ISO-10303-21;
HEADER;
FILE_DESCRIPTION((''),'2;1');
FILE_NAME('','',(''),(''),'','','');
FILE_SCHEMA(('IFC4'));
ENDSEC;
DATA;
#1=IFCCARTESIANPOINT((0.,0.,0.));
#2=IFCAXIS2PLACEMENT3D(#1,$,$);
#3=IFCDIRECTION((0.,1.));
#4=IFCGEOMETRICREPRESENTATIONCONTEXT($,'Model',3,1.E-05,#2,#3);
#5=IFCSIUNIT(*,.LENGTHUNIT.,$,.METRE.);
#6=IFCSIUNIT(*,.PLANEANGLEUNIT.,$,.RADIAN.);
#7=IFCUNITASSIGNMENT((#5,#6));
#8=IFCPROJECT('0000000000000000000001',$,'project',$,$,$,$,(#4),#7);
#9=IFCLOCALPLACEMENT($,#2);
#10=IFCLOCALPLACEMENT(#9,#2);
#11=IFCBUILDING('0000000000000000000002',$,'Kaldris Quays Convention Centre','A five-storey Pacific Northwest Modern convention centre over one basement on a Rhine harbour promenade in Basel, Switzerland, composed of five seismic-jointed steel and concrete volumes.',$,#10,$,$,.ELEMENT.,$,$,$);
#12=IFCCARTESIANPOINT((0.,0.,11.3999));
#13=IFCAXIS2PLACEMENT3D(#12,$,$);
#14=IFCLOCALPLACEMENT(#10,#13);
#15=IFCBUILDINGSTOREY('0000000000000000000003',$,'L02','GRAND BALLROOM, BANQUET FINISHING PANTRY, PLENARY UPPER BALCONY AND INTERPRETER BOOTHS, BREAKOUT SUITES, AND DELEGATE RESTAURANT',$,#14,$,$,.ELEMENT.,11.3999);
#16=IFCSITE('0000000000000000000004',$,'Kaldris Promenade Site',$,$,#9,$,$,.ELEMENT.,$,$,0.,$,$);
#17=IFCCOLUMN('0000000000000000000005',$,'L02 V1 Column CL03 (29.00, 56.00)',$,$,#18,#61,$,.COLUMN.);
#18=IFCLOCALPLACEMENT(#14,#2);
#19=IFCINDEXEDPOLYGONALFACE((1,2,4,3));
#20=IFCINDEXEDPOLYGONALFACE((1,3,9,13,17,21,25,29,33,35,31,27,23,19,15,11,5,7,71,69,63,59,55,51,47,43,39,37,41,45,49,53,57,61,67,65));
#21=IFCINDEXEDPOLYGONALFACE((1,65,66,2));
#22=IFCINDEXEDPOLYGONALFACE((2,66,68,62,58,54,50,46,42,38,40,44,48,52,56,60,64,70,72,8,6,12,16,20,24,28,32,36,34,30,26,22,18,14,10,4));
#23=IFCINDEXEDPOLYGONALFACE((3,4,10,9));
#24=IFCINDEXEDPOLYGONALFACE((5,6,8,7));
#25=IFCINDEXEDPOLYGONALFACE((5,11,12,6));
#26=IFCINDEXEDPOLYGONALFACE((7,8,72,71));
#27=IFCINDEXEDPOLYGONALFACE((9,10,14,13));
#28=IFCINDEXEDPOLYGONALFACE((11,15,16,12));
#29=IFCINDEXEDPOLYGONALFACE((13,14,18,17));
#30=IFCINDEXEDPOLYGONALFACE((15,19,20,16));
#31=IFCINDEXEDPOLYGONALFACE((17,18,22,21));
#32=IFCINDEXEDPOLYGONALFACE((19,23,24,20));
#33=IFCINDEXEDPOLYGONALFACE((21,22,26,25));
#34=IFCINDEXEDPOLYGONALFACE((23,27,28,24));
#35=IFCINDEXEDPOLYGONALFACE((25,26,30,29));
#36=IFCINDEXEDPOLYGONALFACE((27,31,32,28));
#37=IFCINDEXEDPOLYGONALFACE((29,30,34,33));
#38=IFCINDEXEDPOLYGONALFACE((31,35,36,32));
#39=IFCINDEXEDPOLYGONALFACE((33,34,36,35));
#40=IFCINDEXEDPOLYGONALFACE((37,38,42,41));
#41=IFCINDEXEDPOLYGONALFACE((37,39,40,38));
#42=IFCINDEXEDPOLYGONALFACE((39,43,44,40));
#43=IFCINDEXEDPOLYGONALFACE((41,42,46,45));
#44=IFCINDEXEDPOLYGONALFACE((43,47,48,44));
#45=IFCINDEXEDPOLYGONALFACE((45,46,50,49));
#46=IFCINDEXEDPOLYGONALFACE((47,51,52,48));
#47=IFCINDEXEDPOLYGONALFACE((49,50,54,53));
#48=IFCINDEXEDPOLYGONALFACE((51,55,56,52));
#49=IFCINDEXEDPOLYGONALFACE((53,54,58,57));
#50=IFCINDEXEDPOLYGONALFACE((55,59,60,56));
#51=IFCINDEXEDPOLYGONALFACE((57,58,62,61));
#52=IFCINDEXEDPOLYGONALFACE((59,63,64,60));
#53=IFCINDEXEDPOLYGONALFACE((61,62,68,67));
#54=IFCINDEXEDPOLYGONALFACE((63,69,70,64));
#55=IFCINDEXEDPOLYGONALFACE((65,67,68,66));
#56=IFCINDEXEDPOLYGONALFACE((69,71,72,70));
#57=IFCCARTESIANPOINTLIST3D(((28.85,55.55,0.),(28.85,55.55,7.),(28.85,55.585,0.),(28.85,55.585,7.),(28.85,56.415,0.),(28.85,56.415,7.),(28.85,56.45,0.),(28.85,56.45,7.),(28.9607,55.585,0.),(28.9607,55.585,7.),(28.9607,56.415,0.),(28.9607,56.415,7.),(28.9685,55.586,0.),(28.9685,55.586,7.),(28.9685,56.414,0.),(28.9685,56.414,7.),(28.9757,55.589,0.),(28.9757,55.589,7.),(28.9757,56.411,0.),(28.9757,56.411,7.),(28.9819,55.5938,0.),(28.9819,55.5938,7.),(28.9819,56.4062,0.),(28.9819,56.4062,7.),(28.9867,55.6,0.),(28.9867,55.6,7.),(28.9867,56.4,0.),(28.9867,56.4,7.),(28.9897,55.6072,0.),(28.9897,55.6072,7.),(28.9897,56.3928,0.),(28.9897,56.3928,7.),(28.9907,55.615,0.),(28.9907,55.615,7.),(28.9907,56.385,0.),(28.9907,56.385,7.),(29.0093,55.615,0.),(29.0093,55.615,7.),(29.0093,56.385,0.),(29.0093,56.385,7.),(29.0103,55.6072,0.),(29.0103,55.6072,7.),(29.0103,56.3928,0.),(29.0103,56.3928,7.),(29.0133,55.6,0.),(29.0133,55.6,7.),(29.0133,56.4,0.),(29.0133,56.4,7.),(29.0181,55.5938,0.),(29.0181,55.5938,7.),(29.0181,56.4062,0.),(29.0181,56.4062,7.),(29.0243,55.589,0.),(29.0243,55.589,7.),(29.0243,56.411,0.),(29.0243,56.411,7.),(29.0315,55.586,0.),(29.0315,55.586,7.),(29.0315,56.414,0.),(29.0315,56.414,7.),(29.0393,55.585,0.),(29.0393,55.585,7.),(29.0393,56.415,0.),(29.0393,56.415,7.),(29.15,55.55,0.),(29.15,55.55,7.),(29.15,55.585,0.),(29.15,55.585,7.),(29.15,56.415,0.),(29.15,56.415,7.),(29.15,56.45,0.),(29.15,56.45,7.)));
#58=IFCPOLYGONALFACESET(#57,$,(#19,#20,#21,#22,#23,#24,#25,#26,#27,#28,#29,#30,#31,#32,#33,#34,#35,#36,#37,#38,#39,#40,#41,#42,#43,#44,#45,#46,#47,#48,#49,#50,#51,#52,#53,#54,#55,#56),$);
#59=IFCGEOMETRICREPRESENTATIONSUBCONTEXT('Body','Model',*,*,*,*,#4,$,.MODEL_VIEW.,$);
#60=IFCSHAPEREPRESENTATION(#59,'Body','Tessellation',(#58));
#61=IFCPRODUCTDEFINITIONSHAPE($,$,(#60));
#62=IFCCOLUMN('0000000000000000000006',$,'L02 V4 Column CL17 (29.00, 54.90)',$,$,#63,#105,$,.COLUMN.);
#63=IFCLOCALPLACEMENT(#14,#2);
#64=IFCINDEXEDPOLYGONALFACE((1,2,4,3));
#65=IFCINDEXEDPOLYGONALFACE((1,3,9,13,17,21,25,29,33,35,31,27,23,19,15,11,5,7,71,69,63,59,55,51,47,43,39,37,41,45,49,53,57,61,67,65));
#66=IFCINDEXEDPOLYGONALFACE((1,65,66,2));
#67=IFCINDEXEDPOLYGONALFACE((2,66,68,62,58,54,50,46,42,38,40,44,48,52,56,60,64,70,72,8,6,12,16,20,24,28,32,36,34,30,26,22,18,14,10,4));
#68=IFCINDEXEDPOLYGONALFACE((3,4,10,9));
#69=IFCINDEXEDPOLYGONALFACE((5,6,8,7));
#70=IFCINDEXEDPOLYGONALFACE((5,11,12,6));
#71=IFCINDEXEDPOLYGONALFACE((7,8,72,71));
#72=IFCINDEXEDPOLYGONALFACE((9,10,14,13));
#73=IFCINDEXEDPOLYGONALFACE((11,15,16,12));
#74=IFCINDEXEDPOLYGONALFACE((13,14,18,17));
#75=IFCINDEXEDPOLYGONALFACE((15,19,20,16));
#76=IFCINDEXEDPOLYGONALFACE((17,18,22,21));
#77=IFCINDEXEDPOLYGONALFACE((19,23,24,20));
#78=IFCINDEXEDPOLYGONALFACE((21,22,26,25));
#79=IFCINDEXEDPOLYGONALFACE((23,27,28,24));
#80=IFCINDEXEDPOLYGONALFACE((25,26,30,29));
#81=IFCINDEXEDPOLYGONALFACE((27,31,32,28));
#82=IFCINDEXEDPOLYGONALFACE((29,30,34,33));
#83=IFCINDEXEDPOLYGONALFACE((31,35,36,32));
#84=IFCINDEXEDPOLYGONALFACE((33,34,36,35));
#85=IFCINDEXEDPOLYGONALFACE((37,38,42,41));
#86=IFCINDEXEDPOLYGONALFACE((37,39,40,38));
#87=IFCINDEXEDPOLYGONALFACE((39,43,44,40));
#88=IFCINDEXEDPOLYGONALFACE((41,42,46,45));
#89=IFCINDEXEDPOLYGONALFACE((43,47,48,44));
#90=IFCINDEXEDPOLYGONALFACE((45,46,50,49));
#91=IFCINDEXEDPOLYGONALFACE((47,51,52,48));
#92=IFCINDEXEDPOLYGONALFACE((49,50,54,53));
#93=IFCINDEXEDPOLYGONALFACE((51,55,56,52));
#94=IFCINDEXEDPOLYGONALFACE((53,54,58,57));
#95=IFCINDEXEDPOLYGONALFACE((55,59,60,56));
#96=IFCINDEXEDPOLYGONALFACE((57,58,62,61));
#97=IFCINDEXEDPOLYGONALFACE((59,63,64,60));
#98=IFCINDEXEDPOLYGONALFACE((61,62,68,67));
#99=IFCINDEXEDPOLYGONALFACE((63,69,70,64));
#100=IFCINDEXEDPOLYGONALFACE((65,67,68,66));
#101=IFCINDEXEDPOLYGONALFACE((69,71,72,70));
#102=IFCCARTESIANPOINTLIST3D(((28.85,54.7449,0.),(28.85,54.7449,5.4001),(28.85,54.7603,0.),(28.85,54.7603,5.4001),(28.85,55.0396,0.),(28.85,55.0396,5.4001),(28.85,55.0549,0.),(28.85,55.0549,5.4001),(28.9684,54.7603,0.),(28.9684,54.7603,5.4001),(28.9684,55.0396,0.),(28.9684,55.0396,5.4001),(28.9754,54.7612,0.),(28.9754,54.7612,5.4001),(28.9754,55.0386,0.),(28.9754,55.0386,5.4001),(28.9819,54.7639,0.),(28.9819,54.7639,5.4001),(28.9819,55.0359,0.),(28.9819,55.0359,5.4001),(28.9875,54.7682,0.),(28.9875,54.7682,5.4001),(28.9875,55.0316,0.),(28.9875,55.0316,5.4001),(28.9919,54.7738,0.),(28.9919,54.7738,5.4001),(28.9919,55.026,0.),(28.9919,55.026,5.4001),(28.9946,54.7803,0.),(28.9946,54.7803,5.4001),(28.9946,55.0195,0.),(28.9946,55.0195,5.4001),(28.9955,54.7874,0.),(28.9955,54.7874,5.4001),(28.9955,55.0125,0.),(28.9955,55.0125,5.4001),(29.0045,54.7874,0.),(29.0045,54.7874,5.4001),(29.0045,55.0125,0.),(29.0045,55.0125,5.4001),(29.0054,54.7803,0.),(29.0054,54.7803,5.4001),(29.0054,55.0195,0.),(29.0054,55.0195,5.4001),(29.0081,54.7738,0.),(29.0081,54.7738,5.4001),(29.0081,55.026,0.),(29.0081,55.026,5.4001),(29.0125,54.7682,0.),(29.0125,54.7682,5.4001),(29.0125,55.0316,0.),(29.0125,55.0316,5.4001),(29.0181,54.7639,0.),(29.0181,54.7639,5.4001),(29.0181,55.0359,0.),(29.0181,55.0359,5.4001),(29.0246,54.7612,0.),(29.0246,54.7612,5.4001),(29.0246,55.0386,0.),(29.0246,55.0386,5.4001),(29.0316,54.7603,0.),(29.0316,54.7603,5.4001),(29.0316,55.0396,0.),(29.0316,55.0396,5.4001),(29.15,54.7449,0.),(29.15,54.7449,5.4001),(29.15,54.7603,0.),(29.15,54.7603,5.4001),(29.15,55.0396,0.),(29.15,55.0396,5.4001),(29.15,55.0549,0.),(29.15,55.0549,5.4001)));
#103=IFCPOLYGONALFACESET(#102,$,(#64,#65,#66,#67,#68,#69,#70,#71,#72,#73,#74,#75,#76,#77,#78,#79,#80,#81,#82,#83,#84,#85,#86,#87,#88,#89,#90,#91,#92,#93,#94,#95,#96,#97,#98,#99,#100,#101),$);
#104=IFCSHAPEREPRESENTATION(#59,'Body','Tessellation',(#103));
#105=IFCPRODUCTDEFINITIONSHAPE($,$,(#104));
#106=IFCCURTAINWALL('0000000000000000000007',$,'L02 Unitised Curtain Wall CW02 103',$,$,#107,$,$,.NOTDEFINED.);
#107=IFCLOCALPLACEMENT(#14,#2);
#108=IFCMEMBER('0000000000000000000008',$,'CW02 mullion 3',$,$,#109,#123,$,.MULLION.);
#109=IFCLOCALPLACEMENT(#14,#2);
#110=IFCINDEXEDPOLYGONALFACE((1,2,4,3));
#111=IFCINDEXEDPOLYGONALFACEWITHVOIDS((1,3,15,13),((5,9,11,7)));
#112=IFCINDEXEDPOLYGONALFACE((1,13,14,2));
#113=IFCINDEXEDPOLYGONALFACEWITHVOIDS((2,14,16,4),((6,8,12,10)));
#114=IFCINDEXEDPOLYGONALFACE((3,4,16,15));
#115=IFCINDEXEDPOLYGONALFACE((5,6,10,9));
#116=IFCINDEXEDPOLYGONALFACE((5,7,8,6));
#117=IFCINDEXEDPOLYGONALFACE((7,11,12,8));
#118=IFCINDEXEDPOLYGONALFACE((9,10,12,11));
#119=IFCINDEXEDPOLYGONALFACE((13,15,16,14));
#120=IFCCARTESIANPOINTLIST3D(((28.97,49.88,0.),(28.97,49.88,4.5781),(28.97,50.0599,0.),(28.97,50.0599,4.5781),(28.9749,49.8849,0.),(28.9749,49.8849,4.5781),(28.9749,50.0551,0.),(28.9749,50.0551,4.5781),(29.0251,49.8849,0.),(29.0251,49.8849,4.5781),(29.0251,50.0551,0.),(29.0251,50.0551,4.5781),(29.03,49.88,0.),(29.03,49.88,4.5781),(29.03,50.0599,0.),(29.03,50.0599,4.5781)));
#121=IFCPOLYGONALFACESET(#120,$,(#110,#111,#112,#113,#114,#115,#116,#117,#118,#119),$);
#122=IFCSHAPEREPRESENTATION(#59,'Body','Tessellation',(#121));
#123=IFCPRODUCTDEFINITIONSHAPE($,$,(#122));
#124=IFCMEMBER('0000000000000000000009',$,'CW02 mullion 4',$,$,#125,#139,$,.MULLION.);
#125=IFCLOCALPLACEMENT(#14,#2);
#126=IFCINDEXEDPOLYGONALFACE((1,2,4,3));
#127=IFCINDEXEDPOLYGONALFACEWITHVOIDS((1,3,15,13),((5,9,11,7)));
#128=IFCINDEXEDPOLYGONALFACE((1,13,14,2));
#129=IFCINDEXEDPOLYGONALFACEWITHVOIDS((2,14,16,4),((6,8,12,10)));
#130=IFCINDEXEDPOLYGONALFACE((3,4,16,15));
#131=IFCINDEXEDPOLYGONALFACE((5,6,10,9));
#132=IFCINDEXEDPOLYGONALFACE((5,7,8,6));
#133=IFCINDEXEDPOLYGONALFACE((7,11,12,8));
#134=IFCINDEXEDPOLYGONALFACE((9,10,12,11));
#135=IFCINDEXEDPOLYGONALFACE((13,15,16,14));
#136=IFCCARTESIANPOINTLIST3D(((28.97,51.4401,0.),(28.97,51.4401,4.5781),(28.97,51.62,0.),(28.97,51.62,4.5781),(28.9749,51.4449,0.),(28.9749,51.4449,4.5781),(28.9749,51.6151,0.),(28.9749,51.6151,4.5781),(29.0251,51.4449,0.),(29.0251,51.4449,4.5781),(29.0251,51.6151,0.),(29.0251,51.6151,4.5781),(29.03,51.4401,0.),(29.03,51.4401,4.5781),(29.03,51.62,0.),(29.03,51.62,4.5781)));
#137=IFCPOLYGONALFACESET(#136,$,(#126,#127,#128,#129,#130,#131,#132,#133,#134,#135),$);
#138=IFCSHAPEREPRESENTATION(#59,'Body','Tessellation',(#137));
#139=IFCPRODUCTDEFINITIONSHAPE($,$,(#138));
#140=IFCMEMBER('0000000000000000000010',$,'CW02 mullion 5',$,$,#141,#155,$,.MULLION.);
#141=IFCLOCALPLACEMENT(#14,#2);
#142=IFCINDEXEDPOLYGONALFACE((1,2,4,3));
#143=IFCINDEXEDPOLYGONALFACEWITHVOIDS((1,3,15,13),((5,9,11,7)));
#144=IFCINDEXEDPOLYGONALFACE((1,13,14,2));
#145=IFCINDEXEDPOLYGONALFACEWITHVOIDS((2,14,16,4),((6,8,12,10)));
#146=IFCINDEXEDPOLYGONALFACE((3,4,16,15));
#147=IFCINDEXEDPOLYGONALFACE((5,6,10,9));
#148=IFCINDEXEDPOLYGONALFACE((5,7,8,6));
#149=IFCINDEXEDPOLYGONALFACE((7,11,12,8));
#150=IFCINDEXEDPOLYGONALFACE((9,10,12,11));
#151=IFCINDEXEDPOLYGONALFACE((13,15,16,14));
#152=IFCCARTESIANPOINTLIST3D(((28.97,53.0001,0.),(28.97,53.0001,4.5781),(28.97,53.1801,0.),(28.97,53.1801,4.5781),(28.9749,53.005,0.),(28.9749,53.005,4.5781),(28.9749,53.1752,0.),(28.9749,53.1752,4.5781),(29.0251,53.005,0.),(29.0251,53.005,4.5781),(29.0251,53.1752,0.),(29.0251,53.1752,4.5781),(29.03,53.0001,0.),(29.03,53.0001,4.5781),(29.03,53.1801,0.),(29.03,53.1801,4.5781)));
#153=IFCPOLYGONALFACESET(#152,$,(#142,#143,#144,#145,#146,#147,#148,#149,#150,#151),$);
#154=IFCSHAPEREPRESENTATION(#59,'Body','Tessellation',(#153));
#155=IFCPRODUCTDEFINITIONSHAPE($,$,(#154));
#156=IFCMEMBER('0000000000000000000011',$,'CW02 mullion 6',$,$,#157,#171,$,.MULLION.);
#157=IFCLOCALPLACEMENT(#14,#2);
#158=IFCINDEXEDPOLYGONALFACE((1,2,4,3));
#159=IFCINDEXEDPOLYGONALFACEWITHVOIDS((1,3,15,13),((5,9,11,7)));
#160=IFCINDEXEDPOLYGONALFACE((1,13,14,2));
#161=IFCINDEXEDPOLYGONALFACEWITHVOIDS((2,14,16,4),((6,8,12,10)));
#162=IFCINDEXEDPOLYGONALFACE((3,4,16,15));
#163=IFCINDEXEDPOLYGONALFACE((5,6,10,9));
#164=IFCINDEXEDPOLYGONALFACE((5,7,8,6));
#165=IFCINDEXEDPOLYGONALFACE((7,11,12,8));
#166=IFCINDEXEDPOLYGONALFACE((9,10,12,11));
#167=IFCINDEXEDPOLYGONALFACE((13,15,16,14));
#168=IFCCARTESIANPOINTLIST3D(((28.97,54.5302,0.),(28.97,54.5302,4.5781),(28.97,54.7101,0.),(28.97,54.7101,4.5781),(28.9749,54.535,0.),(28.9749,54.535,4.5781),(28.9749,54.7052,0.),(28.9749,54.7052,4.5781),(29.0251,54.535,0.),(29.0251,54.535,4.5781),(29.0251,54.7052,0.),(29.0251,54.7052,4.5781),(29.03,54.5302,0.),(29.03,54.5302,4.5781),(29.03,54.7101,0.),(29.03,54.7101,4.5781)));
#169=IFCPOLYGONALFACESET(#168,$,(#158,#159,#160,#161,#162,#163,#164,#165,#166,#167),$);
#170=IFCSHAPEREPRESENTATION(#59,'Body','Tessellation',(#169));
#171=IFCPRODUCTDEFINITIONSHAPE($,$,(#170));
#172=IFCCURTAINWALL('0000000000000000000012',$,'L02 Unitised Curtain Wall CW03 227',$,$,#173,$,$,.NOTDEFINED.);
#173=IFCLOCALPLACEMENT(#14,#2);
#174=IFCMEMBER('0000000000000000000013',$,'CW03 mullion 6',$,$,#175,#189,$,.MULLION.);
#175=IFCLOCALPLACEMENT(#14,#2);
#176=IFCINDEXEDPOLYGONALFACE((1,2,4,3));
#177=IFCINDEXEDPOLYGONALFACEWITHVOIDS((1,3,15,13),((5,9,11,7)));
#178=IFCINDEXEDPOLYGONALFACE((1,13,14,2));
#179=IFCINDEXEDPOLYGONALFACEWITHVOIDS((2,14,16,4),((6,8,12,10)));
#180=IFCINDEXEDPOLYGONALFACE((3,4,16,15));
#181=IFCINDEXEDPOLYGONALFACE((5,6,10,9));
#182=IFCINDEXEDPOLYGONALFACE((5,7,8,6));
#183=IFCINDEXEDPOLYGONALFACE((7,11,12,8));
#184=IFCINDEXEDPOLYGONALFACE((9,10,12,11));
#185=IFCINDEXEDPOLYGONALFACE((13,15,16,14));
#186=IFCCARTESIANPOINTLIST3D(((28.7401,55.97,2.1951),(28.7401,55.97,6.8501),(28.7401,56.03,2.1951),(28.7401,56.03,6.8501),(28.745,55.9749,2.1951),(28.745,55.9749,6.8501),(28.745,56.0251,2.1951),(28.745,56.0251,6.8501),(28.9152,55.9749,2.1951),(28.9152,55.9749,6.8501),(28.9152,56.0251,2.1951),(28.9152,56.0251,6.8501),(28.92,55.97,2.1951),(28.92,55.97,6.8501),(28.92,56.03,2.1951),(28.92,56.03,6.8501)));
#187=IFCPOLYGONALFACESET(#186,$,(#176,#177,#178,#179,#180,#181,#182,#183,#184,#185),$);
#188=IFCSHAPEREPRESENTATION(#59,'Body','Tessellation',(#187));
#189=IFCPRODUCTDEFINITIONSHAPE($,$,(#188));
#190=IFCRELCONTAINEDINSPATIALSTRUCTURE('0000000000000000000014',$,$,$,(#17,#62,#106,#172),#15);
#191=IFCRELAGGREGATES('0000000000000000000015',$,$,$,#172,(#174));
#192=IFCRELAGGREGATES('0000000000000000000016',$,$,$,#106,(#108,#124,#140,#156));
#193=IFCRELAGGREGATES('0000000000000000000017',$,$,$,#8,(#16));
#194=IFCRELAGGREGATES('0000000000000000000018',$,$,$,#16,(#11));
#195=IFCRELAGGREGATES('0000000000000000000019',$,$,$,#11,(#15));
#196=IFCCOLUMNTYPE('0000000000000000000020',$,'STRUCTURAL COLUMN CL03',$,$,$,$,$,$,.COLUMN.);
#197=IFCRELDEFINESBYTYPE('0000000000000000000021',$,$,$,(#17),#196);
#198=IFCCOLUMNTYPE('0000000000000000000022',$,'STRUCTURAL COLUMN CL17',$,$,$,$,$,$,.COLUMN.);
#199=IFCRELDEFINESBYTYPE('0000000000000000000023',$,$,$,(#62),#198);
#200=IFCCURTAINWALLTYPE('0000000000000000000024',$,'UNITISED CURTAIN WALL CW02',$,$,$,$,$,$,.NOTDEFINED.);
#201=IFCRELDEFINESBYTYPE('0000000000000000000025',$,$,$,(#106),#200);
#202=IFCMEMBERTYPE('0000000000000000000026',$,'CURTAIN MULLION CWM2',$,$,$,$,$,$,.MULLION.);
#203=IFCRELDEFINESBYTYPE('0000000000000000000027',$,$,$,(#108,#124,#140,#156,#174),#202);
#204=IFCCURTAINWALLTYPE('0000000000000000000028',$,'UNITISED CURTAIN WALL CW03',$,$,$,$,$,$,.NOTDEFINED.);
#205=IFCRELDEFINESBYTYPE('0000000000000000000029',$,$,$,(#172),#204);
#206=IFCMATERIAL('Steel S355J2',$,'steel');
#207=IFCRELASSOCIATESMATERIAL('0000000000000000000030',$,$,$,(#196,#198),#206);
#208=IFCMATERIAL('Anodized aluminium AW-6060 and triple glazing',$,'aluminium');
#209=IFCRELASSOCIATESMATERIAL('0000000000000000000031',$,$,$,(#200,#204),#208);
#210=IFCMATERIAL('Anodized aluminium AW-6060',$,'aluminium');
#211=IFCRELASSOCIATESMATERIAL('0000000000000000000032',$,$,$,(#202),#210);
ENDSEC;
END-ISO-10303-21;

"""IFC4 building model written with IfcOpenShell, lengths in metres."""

from ifc_helpers import new_model, si_unit, direction, frame, origin, origin_2d, place, context, subcontext, project, spatial, hollow_rectangle, i_section, extrude, material, material_profile, profile_set, type_object, element, aggregate, save


model = new_model("IFC4")

# Units and contexts
model_context = context("Model", 3, precision=1e-05, world=origin(), true_north=direction((0.0, 1.0)))
body_context = subcontext(model_context, "Body", "Model", "MODEL_VIEW")
ifc_project = project(units=[si_unit("LENGTHUNIT", "METRE"), si_unit("PLANEANGLEUNIT", "RADIAN")], contexts=[model_context])

# Site, building, storey
site_placement = place(None, origin())
site = spatial("IfcSite", under=ifc_project, at=site_placement, Name="Kaldris Promenade Site", CompositionType="ELEMENT", RefElevation=0.0)
building_placement = place(site_placement, origin())
building = spatial("IfcBuilding", under=site, at=building_placement, Name="Kaldris Quays Convention Centre", Description="A five-storey Pacific Northwest Modern convention centre over one basement on a Rhine harbour promenade in Basel, Switzerland, composed of five seismic-jointed steel and concrete volumes.", CompositionType="ELEMENT")
storey_placement = place(building_placement, frame((0.0, 0.0, 11.3999)))
storey = spatial("IfcBuildingStorey", under=building, at=storey_placement, Name="L02", Description="GRAND BALLROOM, BANQUET FINISHING PANTRY, PLENARY UPPER BALCONY AND INTERPRETER BOOTHS, BREAKOUT SUITES, AND DELEGATE RESTAURANT", CompositionType="ELEMENT", Elevation=11.3999)

# Columns
ifc_material_1 = material(Name="Steel S355J2", Category="steel")
ifc_material_profile_1 = material_profile(ifc_material_1, i_section(OverallWidth=0.3, OverallDepth=0.8999, WebThickness=0.0186, FlangeThickness=0.0349, FilletRadius=0.03, at=origin_2d()), Name="HEB 900")
ifc_profile_set_1 = profile_set([ifc_material_profile_1], Name="Steel S355J2")
column_type_1 = type_object("IfcColumnType", Name="STRUCTURAL COLUMN CL03", PredefinedType="COLUMN", material=ifc_profile_set_1)
column_1_placement = place(storey_placement, frame((29.0, 56.0, 0.0), z_axis=(0.0, 0.0, 1.0), x_axis=(1.0, 0.0, 0.0)))
element("IfcColumn", 1, at=column_1_placement, inside=storey, type_object=column_type_1, Name="L02 V1 Column CL03 (29.00, 56.00)", PredefinedType="COLUMN", context=body_context, shape_type="SweptSolid", body=[
    extrude(i_section(OverallWidth=0.3, OverallDepth=0.8999, WebThickness=0.0186, FlangeThickness=0.0349, FilletRadius=0.03, at=origin_2d()), origin(), (0.0, 0.0, 1.0), 7.0),
])
ifc_material_profile_2 = material_profile(ifc_material_1, i_section(OverallWidth=0.3, OverallDepth=0.3101, WebThickness=0.009, FlangeThickness=0.0154, FilletRadius=0.0271, at=origin_2d()), Name="HEA 320")
ifc_profile_set_2 = profile_set([ifc_material_profile_2], Name="Steel S355J2")
column_type_2 = type_object("IfcColumnType", Name="STRUCTURAL COLUMN CL17", PredefinedType="COLUMN", material=ifc_profile_set_2)
column_2_placement = place(storey_placement, frame((29.0, 54.8999, 0.0), z_axis=(0.0, 0.0, 1.0), x_axis=(1.0, 0.0, 0.0)))
element("IfcColumn", 2, at=column_2_placement, inside=storey, type_object=column_type_2, Name="L02 V4 Column CL17 (29.00, 54.90)", PredefinedType="COLUMN", context=body_context, shape_type="SweptSolid", body=[
    extrude(i_section(OverallWidth=0.3, OverallDepth=0.3101, WebThickness=0.009, FlangeThickness=0.0154, FilletRadius=0.0271, at=origin_2d()), origin(), (0.0, 0.0, 1.0), 5.4001),
])

# Curtain wall, members
ifc_material_2 = material(Name="Anodized aluminium AW-6060 and triple glazing", Category="aluminium")
curtain_wall_type_1 = type_object("IfcCurtainWallType", Name="UNITISED CURTAIN WALL CW02", PredefinedType="NOTDEFINED", material=ifc_material_2)
curtain_wall_1_placement = place(storey_placement, origin())
curtain_wall_1 = element("IfcCurtainWall", 3, at=curtain_wall_1_placement, inside=storey, type_object=curtain_wall_type_1, Name="L02 Unitised Curtain Wall CW02 103", PredefinedType="NOTDEFINED")
ifc_material_3 = material(Name="Anodized aluminium AW-6060", Category="aluminium")
ifc_material_profile_3 = material_profile(ifc_material_3, hollow_rectangle(XDim=0.0601, YDim=0.1799, WallThickness=0.0049, at=origin_2d()), Name="RHS 180x60x5")
ifc_profile_set_3 = profile_set([ifc_material_profile_3], Name="Anodized aluminium AW-6060")
member_type_1 = type_object("IfcMemberType", Name="CURTAIN MULLION CWM2", PredefinedType="MULLION", material=ifc_profile_set_3)
member_1_placement = place(storey_placement, frame((29.0, 49.97, 0.0), z_axis=(0.0, 0.0, 1.0), x_axis=(-1.0, 0.0, 0.0)))
member_1 = element("IfcMember", 4, at=member_1_placement, type_object=member_type_1, Name="CW02 mullion 3", PredefinedType="MULLION", context=body_context, shape_type="SweptSolid", body=[
    extrude(hollow_rectangle(XDim=0.0601, YDim=0.1799, WallThickness=0.0049, at=origin_2d()), origin(), (0.0, 0.0, 1.0), 4.5781),
])
member_2_placement = place(storey_placement, frame((29.0, 51.53, 0.0), z_axis=(0.0, 0.0, 1.0), x_axis=(-1.0, 0.0, 0.0)))
member_2 = element("IfcMember", 5, at=member_2_placement, type_object=member_type_1, Name="CW02 mullion 4", PredefinedType="MULLION", context=body_context, shape_type="SweptSolid", body=[
    extrude(hollow_rectangle(XDim=0.0601, YDim=0.1799, WallThickness=0.0049, at=origin_2d()), origin(), (0.0, 0.0, 1.0), 4.5781),
])
member_3_placement = place(storey_placement, frame((29.0, 53.0901, 0.0), z_axis=(0.0, 0.0, 1.0), x_axis=(-1.0, 0.0, 0.0)))
member_3 = element("IfcMember", 6, at=member_3_placement, type_object=member_type_1, Name="CW02 mullion 5", PredefinedType="MULLION", context=body_context, shape_type="SweptSolid", body=[
    extrude(hollow_rectangle(XDim=0.0601, YDim=0.1799, WallThickness=0.0049, at=origin_2d()), origin(), (0.0, 0.0, 1.0), 4.5781),
])
member_4_placement = place(storey_placement, frame((29.0, 54.6201, 0.0), z_axis=(0.0, 0.0, 1.0), x_axis=(-1.0, 0.0, 0.0)))
member_4 = element("IfcMember", 7, at=member_4_placement, type_object=member_type_1, Name="CW02 mullion 6", PredefinedType="MULLION", context=body_context, shape_type="SweptSolid", body=[
    extrude(hollow_rectangle(XDim=0.0601, YDim=0.1799, WallThickness=0.0049, at=origin_2d()), origin(), (0.0, 0.0, 1.0), 4.5781),
])

# Curtain wall, member
curtain_wall_type_2 = type_object("IfcCurtainWallType", Name="UNITISED CURTAIN WALL CW03", PredefinedType="NOTDEFINED", material=ifc_material_2)
curtain_wall_2_placement = place(storey_placement, origin())
curtain_wall_2 = element("IfcCurtainWall", 8, at=curtain_wall_2_placement, inside=storey, type_object=curtain_wall_type_2, Name="L02 Unitised Curtain Wall CW03 227", PredefinedType="NOTDEFINED")
member_5_placement = place(storey_placement, frame((28.8301, 56.0, 2.1951), z_axis=(0.0, 0.0, 1.0), x_axis=(0.0, 1.0, 0.0)))
member_5 = element("IfcMember", 9, at=member_5_placement, type_object=member_type_1, Name="CW03 mullion 6", PredefinedType="MULLION", context=body_context, shape_type="SweptSolid", body=[
    extrude(hollow_rectangle(XDim=0.0601, YDim=0.1799, WallThickness=0.0049, at=origin_2d()), origin(), (0.0, 0.0, 1.0), 4.655),
])

aggregate(curtain_wall_2, [member_5])
aggregate(curtain_wall_1, [member_1, member_2, member_3, member_4])

save(model, "model.ifc")
